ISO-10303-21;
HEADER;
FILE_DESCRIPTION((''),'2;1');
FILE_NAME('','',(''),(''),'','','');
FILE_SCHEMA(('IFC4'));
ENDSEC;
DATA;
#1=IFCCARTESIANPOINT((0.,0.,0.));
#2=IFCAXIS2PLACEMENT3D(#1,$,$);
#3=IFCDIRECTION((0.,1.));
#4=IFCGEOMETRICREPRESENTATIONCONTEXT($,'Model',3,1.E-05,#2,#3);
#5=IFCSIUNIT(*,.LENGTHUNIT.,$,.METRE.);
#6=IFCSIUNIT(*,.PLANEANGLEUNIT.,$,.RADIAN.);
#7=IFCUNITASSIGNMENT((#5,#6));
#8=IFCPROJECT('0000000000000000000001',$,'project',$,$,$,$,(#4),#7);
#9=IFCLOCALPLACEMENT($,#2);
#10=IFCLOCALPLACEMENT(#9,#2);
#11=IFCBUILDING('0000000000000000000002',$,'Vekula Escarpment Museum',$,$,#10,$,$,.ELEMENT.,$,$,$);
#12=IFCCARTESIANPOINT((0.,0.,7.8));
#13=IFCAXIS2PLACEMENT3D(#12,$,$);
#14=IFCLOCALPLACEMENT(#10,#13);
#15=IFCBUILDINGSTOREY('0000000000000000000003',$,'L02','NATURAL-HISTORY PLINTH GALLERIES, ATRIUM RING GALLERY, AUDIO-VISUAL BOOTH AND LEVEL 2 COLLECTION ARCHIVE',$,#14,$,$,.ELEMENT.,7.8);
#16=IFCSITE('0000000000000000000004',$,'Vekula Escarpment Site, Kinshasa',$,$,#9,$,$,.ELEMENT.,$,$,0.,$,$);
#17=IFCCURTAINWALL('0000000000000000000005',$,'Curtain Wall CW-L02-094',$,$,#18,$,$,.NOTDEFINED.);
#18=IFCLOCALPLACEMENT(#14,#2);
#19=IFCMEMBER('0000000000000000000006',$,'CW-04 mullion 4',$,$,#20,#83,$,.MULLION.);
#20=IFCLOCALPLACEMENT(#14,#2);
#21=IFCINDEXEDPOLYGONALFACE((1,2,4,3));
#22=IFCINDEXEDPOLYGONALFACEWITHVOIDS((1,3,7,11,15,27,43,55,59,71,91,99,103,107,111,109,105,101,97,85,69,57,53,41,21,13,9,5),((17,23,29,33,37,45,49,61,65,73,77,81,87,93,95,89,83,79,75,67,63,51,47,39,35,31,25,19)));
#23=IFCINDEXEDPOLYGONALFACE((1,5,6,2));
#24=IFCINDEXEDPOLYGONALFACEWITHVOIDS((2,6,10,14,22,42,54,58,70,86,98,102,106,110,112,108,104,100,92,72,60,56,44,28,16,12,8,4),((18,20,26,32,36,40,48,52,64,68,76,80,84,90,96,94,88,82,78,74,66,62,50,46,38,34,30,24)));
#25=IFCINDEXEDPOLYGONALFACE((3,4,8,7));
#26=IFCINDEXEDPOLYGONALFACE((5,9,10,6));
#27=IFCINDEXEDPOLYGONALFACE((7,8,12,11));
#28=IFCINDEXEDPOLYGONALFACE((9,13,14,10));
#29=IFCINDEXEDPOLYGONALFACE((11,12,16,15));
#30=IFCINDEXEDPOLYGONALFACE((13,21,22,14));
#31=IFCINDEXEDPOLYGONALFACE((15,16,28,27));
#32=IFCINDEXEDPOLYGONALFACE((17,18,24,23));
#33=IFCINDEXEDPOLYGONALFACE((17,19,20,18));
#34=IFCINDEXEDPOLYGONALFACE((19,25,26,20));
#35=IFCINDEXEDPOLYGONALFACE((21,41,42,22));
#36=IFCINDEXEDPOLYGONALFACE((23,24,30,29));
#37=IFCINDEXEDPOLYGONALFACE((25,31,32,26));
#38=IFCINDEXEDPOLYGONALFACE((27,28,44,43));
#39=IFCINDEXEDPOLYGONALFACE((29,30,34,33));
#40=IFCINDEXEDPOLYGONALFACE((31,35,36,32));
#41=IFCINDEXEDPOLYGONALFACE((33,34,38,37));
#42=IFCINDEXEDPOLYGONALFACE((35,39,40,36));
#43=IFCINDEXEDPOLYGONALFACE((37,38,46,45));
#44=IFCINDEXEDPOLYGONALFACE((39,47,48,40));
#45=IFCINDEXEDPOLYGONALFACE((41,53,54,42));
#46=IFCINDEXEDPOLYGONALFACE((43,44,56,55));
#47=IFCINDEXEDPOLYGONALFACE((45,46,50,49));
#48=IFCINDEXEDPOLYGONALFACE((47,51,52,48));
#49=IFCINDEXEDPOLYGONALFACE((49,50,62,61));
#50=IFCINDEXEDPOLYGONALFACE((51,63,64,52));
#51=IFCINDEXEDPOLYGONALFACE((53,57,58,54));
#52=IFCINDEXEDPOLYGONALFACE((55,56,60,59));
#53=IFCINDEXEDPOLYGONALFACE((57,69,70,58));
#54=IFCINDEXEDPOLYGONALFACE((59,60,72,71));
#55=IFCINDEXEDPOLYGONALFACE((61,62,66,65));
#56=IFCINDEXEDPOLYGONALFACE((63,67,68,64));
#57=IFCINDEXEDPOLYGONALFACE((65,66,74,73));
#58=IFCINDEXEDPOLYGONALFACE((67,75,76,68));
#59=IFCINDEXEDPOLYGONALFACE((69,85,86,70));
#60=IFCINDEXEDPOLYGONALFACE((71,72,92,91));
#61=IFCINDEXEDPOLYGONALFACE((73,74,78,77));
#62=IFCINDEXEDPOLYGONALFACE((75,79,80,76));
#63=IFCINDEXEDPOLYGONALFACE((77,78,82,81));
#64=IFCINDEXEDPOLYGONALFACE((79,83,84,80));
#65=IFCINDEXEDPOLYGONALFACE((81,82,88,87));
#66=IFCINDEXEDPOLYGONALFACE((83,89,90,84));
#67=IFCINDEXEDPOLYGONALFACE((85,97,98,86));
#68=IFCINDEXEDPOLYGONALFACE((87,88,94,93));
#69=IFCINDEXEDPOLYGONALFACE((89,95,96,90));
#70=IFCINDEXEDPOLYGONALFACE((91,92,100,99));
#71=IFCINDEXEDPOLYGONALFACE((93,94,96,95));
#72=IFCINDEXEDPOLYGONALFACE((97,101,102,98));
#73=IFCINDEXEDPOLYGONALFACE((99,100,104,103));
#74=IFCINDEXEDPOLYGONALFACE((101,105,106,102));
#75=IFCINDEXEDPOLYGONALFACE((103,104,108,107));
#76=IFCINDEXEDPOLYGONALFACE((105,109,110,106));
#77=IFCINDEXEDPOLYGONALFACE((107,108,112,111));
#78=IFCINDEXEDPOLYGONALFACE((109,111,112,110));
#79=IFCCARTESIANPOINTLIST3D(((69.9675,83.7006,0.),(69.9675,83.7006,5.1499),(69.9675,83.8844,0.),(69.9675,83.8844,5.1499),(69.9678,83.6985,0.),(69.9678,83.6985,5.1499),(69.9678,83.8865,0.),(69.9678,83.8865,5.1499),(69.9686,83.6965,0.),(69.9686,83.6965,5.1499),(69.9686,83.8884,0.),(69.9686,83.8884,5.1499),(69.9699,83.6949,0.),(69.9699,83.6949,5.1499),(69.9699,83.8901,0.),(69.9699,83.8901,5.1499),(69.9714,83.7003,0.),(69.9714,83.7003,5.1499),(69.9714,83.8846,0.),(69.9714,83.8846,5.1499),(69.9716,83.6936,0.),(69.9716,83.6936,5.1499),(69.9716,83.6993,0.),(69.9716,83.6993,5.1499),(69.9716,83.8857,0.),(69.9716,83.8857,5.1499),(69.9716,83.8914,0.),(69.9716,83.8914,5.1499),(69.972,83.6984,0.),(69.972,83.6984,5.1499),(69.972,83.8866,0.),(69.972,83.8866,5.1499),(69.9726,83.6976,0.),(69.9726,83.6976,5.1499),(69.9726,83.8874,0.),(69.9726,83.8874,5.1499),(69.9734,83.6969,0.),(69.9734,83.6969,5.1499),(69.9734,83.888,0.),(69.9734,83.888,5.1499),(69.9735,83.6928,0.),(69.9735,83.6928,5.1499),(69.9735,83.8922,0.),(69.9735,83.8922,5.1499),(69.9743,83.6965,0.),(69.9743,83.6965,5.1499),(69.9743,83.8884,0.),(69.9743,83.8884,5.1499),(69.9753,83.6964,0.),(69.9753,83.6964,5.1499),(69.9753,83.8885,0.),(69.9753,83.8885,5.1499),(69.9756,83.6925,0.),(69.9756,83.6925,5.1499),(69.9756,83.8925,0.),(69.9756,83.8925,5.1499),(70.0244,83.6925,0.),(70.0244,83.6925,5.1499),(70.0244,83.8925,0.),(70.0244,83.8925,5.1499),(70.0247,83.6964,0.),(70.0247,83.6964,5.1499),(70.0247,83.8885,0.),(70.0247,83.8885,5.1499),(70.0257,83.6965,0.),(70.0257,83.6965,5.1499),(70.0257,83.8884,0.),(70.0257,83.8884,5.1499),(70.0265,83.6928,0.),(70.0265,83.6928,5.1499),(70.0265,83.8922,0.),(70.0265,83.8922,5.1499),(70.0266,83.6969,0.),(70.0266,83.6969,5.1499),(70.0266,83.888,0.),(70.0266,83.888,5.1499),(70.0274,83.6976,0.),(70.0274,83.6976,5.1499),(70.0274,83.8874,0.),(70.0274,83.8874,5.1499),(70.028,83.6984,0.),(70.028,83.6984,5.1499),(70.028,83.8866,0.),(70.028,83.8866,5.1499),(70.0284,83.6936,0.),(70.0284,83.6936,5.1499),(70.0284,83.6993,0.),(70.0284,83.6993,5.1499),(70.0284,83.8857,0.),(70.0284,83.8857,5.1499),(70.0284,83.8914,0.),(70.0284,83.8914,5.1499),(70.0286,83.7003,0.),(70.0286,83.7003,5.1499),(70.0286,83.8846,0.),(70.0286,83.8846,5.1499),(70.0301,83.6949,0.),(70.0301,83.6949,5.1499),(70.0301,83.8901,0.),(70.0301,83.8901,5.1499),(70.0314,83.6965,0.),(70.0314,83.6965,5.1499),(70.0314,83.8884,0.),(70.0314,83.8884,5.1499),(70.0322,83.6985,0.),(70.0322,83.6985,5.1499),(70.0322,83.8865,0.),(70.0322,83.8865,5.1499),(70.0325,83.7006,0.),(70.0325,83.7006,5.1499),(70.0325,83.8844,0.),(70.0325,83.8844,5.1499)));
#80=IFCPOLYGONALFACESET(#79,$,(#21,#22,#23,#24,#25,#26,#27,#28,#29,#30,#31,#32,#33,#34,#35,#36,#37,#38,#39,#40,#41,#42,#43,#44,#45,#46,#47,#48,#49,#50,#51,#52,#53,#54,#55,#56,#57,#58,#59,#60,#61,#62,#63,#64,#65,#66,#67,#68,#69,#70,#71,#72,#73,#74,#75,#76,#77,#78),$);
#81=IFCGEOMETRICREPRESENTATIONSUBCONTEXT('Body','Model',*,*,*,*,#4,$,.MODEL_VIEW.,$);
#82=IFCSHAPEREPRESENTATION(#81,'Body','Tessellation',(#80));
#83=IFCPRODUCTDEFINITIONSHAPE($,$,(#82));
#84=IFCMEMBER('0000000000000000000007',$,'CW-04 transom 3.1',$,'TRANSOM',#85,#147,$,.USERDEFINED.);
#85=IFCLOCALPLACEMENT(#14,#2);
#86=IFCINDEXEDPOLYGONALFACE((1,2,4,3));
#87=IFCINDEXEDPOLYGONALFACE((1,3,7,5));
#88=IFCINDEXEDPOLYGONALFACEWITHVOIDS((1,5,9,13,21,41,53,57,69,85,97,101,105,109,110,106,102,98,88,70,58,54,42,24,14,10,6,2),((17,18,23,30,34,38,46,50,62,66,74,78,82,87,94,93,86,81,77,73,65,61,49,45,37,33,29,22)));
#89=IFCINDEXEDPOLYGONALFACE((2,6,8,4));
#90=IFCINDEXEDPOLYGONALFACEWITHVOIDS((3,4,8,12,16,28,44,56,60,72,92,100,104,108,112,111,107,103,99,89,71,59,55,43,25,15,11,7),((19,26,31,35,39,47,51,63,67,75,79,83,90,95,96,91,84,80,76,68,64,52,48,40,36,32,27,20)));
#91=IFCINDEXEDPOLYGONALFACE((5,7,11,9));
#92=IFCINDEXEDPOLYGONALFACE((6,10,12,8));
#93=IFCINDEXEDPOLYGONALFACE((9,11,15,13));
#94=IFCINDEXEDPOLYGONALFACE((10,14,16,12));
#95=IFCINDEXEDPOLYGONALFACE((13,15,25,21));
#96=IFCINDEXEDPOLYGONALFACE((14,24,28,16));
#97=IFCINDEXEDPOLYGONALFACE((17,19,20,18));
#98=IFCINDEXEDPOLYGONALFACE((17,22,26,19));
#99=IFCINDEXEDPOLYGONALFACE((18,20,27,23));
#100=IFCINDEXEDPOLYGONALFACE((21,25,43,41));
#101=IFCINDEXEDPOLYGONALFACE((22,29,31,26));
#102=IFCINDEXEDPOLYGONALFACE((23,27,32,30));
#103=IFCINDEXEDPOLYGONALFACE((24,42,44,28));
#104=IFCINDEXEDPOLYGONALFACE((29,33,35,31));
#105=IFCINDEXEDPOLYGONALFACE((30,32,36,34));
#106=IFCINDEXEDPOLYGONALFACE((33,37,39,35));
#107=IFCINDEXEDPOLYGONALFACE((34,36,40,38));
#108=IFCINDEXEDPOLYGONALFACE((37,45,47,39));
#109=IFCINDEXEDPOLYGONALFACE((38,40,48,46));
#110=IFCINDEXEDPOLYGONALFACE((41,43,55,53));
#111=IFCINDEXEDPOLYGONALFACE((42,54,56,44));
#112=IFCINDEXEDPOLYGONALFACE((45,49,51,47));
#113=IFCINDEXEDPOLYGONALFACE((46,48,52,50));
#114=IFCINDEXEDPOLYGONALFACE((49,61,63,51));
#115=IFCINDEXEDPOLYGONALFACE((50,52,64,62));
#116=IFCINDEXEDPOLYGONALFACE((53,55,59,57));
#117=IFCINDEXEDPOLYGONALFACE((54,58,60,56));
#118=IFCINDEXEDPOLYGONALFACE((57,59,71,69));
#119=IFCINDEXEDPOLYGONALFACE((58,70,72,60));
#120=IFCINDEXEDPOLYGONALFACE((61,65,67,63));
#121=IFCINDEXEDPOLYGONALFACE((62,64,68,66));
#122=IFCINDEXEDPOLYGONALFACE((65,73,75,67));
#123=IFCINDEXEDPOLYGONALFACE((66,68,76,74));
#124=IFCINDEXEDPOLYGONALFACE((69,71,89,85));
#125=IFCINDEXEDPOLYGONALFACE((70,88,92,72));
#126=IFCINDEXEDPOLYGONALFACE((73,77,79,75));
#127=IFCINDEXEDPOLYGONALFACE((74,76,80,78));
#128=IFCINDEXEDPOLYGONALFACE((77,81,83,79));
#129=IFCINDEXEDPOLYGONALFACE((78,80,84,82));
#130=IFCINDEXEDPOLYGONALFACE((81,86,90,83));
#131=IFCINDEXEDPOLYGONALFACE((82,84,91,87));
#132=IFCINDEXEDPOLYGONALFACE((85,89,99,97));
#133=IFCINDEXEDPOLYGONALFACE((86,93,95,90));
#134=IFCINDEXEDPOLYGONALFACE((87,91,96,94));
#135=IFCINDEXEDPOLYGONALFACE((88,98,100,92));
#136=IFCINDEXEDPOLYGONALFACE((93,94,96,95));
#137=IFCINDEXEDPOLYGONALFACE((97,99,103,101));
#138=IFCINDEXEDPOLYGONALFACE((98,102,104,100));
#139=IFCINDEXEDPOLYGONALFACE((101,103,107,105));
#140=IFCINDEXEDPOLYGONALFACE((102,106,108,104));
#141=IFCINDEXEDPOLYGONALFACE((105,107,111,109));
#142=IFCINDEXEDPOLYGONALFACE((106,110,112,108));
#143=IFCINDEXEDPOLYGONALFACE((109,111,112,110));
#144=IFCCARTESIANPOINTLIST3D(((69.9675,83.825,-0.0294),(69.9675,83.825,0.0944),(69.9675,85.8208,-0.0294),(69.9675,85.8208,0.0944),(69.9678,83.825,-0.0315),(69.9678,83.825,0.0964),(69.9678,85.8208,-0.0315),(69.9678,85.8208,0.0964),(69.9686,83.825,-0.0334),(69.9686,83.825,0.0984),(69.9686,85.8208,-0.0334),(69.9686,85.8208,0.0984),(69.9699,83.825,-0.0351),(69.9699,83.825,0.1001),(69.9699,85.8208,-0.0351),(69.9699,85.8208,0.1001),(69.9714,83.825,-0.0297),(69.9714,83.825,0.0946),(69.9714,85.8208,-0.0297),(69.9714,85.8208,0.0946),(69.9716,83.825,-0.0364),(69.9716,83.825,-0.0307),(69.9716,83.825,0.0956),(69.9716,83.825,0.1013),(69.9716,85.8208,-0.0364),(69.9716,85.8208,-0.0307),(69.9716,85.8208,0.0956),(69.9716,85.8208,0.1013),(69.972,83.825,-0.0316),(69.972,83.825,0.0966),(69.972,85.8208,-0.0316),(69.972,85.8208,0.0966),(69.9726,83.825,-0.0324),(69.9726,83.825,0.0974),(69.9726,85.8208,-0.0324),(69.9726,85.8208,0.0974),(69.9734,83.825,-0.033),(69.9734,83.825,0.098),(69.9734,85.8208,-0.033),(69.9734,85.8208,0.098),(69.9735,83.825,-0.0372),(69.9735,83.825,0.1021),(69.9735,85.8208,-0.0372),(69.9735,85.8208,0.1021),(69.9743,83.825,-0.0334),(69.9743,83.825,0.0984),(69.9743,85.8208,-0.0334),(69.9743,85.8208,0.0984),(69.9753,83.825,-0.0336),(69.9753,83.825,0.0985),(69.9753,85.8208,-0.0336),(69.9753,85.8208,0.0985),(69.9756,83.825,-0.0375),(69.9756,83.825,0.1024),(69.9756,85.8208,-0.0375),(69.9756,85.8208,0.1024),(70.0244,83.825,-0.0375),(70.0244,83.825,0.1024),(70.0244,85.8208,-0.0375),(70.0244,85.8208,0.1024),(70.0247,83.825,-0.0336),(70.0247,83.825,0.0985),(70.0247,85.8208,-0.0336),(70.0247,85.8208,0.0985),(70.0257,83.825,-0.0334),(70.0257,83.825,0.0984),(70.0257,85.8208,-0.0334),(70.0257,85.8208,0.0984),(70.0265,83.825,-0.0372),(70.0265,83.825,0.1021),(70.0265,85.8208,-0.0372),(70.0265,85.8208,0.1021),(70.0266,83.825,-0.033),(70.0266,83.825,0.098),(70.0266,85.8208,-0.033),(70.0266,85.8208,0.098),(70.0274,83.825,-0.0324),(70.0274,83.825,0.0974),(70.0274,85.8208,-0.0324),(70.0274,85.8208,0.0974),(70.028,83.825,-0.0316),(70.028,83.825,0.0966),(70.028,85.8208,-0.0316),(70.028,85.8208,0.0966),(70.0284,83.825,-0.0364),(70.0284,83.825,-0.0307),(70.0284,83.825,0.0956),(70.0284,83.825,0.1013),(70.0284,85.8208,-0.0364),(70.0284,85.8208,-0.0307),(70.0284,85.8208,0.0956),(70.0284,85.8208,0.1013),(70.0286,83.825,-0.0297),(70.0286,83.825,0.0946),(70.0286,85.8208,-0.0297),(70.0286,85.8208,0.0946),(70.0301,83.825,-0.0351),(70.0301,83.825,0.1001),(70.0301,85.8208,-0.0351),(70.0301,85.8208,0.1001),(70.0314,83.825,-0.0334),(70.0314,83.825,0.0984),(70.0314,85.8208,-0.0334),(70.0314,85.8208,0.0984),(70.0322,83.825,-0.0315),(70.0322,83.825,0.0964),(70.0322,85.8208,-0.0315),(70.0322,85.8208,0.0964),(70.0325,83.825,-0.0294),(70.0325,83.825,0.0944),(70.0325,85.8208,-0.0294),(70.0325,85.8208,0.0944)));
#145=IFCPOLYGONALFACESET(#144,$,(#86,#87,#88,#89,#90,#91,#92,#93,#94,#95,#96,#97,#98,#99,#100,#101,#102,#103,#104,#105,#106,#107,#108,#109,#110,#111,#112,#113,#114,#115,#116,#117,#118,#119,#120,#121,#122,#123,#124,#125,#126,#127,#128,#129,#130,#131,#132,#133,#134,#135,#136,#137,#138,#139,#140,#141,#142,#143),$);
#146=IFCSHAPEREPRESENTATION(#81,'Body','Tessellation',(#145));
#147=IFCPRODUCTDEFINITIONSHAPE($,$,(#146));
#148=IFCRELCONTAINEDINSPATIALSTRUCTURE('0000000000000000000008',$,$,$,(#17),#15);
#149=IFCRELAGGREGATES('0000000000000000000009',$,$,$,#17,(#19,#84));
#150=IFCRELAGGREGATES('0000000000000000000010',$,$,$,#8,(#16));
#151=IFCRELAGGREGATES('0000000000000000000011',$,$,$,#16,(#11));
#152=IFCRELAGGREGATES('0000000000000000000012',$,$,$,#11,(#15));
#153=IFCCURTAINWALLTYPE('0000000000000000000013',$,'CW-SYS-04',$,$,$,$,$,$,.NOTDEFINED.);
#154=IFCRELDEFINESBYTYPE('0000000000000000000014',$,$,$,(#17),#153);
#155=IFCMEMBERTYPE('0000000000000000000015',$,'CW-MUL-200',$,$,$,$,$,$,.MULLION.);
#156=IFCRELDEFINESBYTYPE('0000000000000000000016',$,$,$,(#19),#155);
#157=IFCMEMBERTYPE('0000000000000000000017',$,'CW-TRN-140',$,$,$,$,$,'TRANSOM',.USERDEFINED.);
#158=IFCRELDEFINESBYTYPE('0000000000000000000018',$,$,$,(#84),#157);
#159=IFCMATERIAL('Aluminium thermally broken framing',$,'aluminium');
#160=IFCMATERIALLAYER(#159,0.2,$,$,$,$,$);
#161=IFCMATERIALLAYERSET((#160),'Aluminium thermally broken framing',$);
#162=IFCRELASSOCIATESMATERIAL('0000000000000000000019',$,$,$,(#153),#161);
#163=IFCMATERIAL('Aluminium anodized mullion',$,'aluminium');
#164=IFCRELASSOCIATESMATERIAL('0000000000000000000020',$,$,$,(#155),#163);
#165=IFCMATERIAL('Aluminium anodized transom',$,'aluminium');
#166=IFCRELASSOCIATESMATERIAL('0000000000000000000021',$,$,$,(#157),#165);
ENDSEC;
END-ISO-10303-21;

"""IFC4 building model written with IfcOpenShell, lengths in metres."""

from ifc_helpers import new_model, si_unit, direction, frame, origin, origin_2d, place, context, subcontext, project, spatial, hollow_rectangle, extrude, material, layer, layer_set, material_profile, profile_set, type_object, element, aggregate, save


model = new_model("IFC4")

# Units and contexts
model_context = context("Model", 3, precision=1e-05, world=origin(), true_north=direction((0.0, 1.0)))
body_context = subcontext(model_context, "Body", "Model", "MODEL_VIEW")
ifc_project = project(units=[si_unit("LENGTHUNIT", "METRE"), si_unit("PLANEANGLEUNIT", "RADIAN")], contexts=[model_context])

# Site, building, storey
site_placement = place(None, origin())
site = spatial("IfcSite", under=ifc_project, at=site_placement, Name="Vekula Escarpment Site, Kinshasa", CompositionType="ELEMENT", RefElevation=0.0)
building_placement = place(site_placement, origin())
building = spatial("IfcBuilding", under=site, at=building_placement, Name="Vekula Escarpment Museum", CompositionType="ELEMENT")
storey_placement = place(building_placement, frame((0.0, 0.0, 7.8)))
storey = spatial("IfcBuildingStorey", under=building, at=storey_placement, Name="L02", Description="NATURAL-HISTORY PLINTH GALLERIES, ATRIUM RING GALLERY, AUDIO-VISUAL BOOTH AND LEVEL 2 COLLECTION ARCHIVE", CompositionType="ELEMENT", Elevation=7.8)

# Curtain wall, members
ifc_material_1 = material(Name="Aluminium thermally broken framing", Category="aluminium")
ifc_layer_1 = layer(ifc_material_1, 0.2)
ifc_layer_set_1 = layer_set([ifc_layer_1], Name="Aluminium thermally broken framing")
curtain_wall_type = type_object("IfcCurtainWallType", Name="CW-SYS-04", PredefinedType="NOTDEFINED", material=ifc_layer_set_1)
curtain_wall_placement = place(storey_placement, origin())
curtain_wall = element("IfcCurtainWall", 1, at=curtain_wall_placement, inside=storey, type_object=curtain_wall_type, Name="Curtain Wall CW-L02-094", PredefinedType="NOTDEFINED")
ifc_material_2 = material(Name="Aluminium anodized mullion", Category="aluminium")
ifc_material_profile_1 = material_profile(ifc_material_2, hollow_rectangle(XDim=0.0649, YDim=0.2, WallThickness=0.0039, InnerFilletRadius=0.0039, OuterFilletRadius=0.0081, at=origin_2d()), Name="ALU 200x65x4")
ifc_profile_set_1 = profile_set([ifc_material_profile_1], Name="Aluminium anodized mullion")
member_type_1 = type_object("IfcMemberType", Name="CW-MUL-200", PredefinedType="MULLION", material=ifc_profile_set_1)
member_1_placement = place(storey_placement, frame((70.0, 83.7925, 0.0), z_axis=(0.0, 0.0, 1.0), x_axis=(1.0, 0.0, 0.0)))
member_1 = element("IfcMember", 2, at=member_1_placement, type_object=member_type_1, Name="CW-04 mullion 4", PredefinedType="MULLION", context=body_context, shape_type="SweptSolid", body=[
    extrude(hollow_rectangle(XDim=0.0649, YDim=0.2, WallThickness=0.0039, InnerFilletRadius=0.0039, OuterFilletRadius=0.0081, at=origin_2d()), origin(), (0.0, 0.0, 1.0), 5.1499),
])
ifc_material_3 = material(Name="Aluminium anodized transom", Category="aluminium")
ifc_material_profile_2 = material_profile(ifc_material_3, hollow_rectangle(XDim=0.0649, YDim=0.1399, WallThickness=0.0039, InnerFilletRadius=0.0039, OuterFilletRadius=0.0081, at=origin_2d()), Name="ALU 140x65x4")
ifc_profile_set_2 = profile_set([ifc_material_profile_2], Name="Aluminium anodized transom")
member_type_2 = type_object("IfcMemberType", Name="CW-TRN-140", ElementType="TRANSOM", PredefinedType="USERDEFINED", material=ifc_profile_set_2)
member_2_placement = place(storey_placement, frame((70.0, 85.8208, 0.0325), z_axis=(0.0, -1.0, 0.0), x_axis=(1.0, 0.0, 0.0)))
member_2 = element("IfcMember", 3, at=member_2_placement, type_object=member_type_2, Name="CW-04 transom 3.1", ObjectType="TRANSOM", PredefinedType="USERDEFINED", context=body_context, shape_type="SweptSolid", body=[
    extrude(hollow_rectangle(XDim=0.0649, YDim=0.1399, WallThickness=0.0039, InnerFilletRadius=0.0039, OuterFilletRadius=0.0081, at=origin_2d()), origin(), (0.0, 0.0, 1.0), 1.9958),
])

aggregate(curtain_wall, [member_1, member_2])

save(model, "model.ifc")
